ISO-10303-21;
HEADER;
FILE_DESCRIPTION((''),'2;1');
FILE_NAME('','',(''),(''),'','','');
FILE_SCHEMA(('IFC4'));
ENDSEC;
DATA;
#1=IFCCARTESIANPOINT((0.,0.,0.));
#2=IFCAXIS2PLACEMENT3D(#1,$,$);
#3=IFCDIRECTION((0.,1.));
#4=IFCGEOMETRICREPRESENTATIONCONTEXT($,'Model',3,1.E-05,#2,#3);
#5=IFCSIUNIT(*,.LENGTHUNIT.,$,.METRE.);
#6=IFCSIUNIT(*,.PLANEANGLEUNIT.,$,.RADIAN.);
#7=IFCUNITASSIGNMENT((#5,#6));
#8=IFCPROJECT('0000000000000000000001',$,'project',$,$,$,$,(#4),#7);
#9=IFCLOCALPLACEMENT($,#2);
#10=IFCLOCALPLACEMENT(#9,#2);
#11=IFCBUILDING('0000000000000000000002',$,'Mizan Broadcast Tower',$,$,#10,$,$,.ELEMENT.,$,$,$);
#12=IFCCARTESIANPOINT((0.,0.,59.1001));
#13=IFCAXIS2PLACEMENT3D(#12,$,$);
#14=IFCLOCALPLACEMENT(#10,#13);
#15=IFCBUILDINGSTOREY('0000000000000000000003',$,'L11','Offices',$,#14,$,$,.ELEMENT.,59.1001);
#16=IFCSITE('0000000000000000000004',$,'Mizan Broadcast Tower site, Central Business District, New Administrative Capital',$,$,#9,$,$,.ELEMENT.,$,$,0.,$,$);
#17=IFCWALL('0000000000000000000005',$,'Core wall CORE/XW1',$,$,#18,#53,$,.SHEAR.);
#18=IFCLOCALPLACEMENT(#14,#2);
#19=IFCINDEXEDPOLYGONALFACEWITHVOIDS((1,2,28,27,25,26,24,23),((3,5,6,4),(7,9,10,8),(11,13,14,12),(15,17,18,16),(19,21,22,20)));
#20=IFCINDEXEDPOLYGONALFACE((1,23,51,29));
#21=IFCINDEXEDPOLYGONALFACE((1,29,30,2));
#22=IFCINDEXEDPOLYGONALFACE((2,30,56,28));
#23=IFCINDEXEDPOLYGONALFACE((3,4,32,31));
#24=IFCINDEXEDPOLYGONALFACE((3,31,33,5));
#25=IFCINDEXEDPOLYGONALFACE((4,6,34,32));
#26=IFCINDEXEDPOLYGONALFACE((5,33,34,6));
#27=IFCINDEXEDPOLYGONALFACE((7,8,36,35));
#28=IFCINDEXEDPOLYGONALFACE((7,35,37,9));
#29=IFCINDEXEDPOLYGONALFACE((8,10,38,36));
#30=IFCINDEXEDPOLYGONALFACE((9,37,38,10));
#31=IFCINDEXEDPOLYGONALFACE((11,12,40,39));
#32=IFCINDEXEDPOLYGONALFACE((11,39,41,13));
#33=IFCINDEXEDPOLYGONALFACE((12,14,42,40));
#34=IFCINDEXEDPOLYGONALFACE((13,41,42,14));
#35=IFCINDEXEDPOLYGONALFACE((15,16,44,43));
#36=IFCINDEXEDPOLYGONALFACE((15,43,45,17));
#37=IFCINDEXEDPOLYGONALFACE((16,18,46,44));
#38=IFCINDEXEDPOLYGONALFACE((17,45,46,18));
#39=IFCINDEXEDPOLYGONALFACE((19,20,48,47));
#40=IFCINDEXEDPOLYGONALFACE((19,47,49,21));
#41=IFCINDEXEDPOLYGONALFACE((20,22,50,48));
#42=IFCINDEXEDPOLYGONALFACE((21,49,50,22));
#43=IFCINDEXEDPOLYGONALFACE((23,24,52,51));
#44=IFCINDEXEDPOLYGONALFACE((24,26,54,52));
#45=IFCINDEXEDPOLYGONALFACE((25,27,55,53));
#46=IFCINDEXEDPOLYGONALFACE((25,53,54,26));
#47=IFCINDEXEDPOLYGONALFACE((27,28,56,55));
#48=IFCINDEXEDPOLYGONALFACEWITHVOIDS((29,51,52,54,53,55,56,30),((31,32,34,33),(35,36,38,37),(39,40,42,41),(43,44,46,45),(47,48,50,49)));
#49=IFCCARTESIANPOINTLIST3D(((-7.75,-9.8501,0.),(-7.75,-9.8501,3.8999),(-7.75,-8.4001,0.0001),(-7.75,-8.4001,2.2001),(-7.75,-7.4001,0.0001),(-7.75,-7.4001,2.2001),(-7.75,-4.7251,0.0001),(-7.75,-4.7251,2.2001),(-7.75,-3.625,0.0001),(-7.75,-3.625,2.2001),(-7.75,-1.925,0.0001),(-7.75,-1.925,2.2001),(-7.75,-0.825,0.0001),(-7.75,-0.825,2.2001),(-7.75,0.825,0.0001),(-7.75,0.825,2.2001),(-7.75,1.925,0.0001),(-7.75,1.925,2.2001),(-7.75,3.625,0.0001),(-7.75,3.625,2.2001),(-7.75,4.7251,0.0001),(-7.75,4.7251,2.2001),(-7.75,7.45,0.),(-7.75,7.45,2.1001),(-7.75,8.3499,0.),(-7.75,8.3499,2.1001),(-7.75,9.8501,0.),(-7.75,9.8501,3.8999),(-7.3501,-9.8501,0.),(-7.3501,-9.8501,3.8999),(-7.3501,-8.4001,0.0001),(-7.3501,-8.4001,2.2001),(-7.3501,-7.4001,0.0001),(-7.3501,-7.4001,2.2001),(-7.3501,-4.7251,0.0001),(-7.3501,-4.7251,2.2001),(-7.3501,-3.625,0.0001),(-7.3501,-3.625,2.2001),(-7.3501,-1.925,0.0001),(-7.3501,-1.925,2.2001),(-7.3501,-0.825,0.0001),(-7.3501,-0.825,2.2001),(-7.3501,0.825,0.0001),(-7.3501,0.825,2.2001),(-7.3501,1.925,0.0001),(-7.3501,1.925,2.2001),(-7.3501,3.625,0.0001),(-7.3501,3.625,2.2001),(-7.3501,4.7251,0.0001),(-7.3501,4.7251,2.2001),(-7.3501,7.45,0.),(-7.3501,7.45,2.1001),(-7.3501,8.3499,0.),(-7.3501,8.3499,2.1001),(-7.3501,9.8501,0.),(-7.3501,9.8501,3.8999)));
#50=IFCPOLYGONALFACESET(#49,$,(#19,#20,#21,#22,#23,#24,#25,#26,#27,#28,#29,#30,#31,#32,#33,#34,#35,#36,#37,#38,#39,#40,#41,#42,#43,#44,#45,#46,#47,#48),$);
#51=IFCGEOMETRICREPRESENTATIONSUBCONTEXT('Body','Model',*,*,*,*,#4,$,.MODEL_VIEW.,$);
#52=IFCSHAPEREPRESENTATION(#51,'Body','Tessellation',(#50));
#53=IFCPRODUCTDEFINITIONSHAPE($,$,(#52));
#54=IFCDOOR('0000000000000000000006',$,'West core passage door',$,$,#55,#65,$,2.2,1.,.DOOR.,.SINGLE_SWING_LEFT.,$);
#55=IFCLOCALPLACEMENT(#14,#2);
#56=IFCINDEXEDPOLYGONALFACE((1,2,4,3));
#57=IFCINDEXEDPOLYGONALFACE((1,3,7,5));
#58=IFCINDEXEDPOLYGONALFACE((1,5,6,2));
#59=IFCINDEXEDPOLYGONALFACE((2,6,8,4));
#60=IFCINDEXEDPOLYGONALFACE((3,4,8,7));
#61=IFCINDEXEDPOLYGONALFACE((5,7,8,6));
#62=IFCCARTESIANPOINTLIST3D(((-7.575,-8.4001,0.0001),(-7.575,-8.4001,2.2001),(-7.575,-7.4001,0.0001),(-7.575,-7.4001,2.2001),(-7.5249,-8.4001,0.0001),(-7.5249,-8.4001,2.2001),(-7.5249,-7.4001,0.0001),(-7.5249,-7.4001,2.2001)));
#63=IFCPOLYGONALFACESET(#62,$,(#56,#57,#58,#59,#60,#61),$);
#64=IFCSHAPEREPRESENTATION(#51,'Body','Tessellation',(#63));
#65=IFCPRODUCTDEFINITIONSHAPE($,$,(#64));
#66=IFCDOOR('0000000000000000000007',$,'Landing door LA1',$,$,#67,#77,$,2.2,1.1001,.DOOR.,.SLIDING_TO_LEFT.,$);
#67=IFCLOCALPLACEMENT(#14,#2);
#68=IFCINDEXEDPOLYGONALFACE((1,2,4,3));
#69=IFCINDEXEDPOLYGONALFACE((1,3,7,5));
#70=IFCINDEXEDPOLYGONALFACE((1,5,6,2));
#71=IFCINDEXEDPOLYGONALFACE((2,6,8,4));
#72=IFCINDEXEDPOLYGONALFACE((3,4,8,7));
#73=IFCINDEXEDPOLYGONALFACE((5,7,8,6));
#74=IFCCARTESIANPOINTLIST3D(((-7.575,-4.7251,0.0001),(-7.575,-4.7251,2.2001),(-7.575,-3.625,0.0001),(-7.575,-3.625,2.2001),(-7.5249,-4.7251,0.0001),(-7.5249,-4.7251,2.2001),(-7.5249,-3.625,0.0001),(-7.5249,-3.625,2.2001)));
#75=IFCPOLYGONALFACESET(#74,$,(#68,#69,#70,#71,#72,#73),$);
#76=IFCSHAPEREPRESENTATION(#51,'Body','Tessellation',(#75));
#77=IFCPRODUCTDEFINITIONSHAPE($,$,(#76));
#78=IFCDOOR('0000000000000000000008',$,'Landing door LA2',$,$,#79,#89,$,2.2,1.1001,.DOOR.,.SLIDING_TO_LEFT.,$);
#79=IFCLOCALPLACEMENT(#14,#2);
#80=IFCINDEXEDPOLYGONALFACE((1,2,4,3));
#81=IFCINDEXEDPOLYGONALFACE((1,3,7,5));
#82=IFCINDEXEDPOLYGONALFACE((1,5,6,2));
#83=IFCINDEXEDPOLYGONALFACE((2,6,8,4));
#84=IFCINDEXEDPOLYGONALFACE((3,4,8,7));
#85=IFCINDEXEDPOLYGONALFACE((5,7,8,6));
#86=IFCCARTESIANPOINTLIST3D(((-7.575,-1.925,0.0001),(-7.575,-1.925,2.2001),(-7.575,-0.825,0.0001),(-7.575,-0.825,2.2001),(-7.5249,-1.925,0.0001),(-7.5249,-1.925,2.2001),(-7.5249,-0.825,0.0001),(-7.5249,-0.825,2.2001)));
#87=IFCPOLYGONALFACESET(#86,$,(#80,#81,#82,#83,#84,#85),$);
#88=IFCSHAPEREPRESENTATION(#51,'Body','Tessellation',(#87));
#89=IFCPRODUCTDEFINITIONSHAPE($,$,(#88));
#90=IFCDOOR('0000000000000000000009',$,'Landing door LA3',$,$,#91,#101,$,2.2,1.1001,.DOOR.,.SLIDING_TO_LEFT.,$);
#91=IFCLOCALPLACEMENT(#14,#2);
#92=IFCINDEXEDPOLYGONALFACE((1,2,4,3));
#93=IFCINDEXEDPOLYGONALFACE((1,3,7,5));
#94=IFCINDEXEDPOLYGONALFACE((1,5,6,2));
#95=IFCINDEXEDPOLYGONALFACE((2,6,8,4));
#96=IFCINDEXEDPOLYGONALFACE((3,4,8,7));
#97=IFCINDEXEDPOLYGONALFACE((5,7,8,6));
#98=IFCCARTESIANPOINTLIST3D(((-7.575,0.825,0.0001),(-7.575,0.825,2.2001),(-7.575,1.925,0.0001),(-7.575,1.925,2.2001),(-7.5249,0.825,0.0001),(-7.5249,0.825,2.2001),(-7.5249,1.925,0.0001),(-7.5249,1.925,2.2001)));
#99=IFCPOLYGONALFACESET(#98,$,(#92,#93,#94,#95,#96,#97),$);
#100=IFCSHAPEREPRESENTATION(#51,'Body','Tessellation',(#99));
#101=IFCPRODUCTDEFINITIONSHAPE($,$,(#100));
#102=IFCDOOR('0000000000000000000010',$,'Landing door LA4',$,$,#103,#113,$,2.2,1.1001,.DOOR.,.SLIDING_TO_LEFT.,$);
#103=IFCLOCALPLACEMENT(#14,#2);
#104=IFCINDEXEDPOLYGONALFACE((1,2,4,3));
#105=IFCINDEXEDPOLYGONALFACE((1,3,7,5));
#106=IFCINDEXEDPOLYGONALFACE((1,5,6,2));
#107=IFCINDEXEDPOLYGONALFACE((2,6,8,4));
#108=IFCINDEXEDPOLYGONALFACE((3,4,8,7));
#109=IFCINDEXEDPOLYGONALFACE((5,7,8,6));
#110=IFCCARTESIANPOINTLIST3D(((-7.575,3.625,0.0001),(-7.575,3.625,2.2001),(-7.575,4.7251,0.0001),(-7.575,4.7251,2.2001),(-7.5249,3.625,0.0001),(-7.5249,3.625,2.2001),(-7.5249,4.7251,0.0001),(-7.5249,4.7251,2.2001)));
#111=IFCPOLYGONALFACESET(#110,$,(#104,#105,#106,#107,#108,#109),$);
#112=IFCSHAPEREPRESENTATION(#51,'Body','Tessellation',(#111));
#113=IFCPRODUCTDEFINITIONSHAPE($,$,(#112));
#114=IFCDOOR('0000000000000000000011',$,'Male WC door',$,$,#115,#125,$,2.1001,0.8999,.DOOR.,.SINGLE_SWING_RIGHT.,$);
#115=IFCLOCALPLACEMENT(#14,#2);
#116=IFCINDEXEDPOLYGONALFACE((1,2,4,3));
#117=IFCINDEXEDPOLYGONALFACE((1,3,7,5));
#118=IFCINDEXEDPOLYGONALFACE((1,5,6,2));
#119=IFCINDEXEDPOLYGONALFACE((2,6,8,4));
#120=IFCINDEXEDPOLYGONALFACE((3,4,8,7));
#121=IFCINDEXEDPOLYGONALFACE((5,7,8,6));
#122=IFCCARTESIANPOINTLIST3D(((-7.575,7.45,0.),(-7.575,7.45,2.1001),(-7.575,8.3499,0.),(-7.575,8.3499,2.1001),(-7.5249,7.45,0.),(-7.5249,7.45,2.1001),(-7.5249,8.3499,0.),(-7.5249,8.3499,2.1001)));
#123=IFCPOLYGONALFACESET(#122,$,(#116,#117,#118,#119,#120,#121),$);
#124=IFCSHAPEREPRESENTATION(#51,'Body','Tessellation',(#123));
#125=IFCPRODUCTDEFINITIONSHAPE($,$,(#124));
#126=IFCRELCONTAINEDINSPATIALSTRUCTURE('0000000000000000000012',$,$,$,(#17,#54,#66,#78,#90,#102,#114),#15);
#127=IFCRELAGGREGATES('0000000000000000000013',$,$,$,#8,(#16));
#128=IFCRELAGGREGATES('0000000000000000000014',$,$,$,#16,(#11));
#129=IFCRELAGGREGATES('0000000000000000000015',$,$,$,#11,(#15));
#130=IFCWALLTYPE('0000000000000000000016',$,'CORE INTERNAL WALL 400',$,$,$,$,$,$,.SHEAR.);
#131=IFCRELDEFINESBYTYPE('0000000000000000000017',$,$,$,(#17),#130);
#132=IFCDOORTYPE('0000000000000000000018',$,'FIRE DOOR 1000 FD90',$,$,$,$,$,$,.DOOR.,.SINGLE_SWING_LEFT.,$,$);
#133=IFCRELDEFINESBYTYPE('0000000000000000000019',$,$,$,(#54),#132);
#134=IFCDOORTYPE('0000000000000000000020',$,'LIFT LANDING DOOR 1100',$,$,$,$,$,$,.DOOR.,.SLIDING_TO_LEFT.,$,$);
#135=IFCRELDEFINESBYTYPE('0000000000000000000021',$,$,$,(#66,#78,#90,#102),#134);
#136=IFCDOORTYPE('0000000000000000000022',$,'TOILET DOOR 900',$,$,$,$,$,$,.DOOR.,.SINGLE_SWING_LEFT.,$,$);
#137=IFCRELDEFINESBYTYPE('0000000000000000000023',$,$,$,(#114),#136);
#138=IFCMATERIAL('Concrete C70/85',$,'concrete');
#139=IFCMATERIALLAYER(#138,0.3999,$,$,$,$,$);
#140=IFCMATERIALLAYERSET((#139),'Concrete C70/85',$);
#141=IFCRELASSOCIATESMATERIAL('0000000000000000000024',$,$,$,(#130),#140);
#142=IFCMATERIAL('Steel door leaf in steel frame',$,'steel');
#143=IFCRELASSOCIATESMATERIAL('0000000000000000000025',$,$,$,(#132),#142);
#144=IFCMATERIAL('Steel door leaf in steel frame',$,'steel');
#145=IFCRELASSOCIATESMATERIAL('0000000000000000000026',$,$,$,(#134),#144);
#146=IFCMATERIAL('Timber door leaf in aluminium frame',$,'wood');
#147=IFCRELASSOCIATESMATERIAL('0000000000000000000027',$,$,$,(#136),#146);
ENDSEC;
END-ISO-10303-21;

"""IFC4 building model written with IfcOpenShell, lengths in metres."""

from ifc_helpers import new_model, si_unit, direction, frame, frame_2d, origin, place, context, subcontext, project, spatial, rectangle, extrude, material, layer, layer_set, type_object, element, fill, save


model = new_model("IFC4")

# Units and contexts
model_context = context("Model", 3, precision=1e-05, world=origin(), true_north=direction((0.0, 1.0)))
body_context = subcontext(model_context, "Body", "Model", "MODEL_VIEW")
ifc_project = project(units=[si_unit("LENGTHUNIT", "METRE"), si_unit("PLANEANGLEUNIT", "RADIAN")], contexts=[model_context])

# Site, building, storey
site_placement = place(None, origin())
site = spatial("IfcSite", under=ifc_project, at=site_placement, Name="Mizan Broadcast Tower site, Central Business District, New Administrative Capital", CompositionType="ELEMENT", RefElevation=0.0)
building_placement = place(site_placement, origin())
building = spatial("IfcBuilding", under=site, at=building_placement, Name="Mizan Broadcast Tower", CompositionType="ELEMENT")
storey_placement = place(building_placement, frame((0.0, 0.0, 59.1001)))
storey = spatial("IfcBuildingStorey", under=building, at=storey_placement, Name="L11", Description="Offices", CompositionType="ELEMENT", Elevation=59.1001)

# Wall, openings, doors
ifc_material_1 = material(Name="Concrete C70/85", Category="concrete")
ifc_layer_1 = layer(ifc_material_1, 0.3999)
ifc_layer_set_1 = layer_set([ifc_layer_1], Name="Concrete C70/85")
wall_type_1 = type_object("IfcWallType", Name="CORE INTERNAL WALL 400", PredefinedType="SHEAR", material=ifc_layer_set_1)
wall_1_placement = place(storey_placement, frame((-7.55, -9.8501, 0.0), z_axis=(0.0, 0.0, 1.0), x_axis=(0.0, 1.0, 0.0)))
wall_1 = element("IfcWall", 1, at=wall_1_placement, inside=storey, type_object=wall_type_1, Name="Core wall CORE/XW1", PredefinedType="SHEAR", context=body_context, shape_type="SweptSolid", body=[
    extrude(rectangle(XDim=19.7002, YDim=0.3999, at=frame_2d((9.8501, 0.0))), origin(), (0.0, 0.0, 1.0), 3.8999),
])
opening_1_placement = place(wall_1_placement, frame((1.45, 0.0, 0.0)))
opening_1 = element("IfcOpeningElement", 2, at=opening_1_placement, cuts=wall_1, PredefinedType="OPENING", context=body_context, shape_type="SweptSolid", body=[
    extrude(rectangle(XDim=1.0, YDim=2.2, at=frame_2d((0.5, 1.1001))), frame((0.0, 0.21, 0.0), z_axis=(0.0, -1.0, 0.0), x_axis=(1.0, 0.0, 0.0)), (0.0, 0.0, 1.0), 0.4199),
])
opening_2_placement = place(wall_1_placement, frame((17.3, 0.0, 0.0)))
opening_2 = element("IfcOpeningElement", 3, at=opening_2_placement, cuts=wall_1, PredefinedType="OPENING", context=body_context, shape_type="SweptSolid", body=[
    extrude(rectangle(XDim=0.8999, YDim=2.1001, at=frame_2d((0.45, 1.05))), frame((0.0, 0.21, 0.0), z_axis=(0.0, -1.0, 0.0), x_axis=(1.0, 0.0, 0.0)), (0.0, 0.0, 1.0), 0.4199),
])
opening_3_placement = place(wall_1_placement, frame((5.125, 0.0, 0.0)))
opening_3 = element("IfcOpeningElement", 4, at=opening_3_placement, cuts=wall_1, PredefinedType="OPENING", context=body_context, shape_type="SweptSolid", body=[
    extrude(rectangle(XDim=1.1001, YDim=2.2, at=frame_2d((0.55, 1.1001))), frame((0.0, 0.21, 0.0), z_axis=(0.0, -1.0, 0.0), x_axis=(1.0, 0.0, 0.0)), (0.0, 0.0, 1.0), 0.4199),
])
opening_4_placement = place(wall_1_placement, frame((7.925, 0.0, 0.0)))
opening_4 = element("IfcOpeningElement", 5, at=opening_4_placement, cuts=wall_1, PredefinedType="OPENING", context=body_context, shape_type="SweptSolid", body=[
    extrude(rectangle(XDim=1.1001, YDim=2.2, at=frame_2d((0.55, 1.1001))), frame((0.0, 0.21, 0.0), z_axis=(0.0, -1.0, 0.0), x_axis=(1.0, 0.0, 0.0)), (0.0, 0.0, 1.0), 0.4199),
])
opening_5_placement = place(wall_1_placement, frame((10.675, 0.0, 0.0)))
opening_5 = element("IfcOpeningElement", 6, at=opening_5_placement, cuts=wall_1, PredefinedType="OPENING", context=body_context, shape_type="SweptSolid", body=[
    extrude(rectangle(XDim=1.1001, YDim=2.2, at=frame_2d((0.55, 1.1001))), frame((0.0, 0.21, 0.0), z_axis=(0.0, -1.0, 0.0), x_axis=(1.0, 0.0, 0.0)), (0.0, 0.0, 1.0), 0.4199),
])
opening_6_placement = place(wall_1_placement, frame((13.4751, 0.0, 0.0)))
opening_6 = element("IfcOpeningElement", 7, at=opening_6_placement, cuts=wall_1, PredefinedType="OPENING", context=body_context, shape_type="SweptSolid", body=[
    extrude(rectangle(XDim=1.1001, YDim=2.2, at=frame_2d((0.55, 1.1001))), frame((0.0, 0.21, 0.0), z_axis=(0.0, -1.0, 0.0), x_axis=(1.0, 0.0, 0.0)), (0.0, 0.0, 1.0), 0.4199),
])
ifc_material_2 = material(Name="Steel door leaf in steel frame", Category="steel")
door_type_1 = type_object("IfcDoorType", Name="FIRE DOOR 1000 FD90", OperationType="SINGLE_SWING_LEFT", PredefinedType="DOOR", material=ifc_material_2)
door_1_placement = place(opening_1_placement, origin())
door_1 = element("IfcDoor", 8, at=door_1_placement, inside=storey, type_object=door_type_1, Name="West core passage door", OperationType="SINGLE_SWING_LEFT", OverallHeight=2.2, OverallWidth=1.0, PredefinedType="DOOR", context=body_context, shape_type="SweptSolid", body=[
    extrude(rectangle(XDim=1.0, YDim=2.2, at=frame_2d((0.5, 1.1001))), frame((0.0, 0.0249, 0.0), z_axis=(0.0, -1.0, 0.0), x_axis=(1.0, 0.0, 0.0)), (0.0, 0.0, 1.0), 0.05),
])
fill(opening_1, door_1)
ifc_material_3 = material(Name="Steel door leaf in steel frame", Category="steel")
door_type_2 = type_object("IfcDoorType", Name="LIFT LANDING DOOR 1100", OperationType="SLIDING_TO_LEFT", PredefinedType="DOOR", material=ifc_material_3)
door_2_placement = place(opening_3_placement, origin())
door_2 = element("IfcDoor", 9, at=door_2_placement, inside=storey, type_object=door_type_2, Name="Landing door LA1", OperationType="SLIDING_TO_LEFT", OverallHeight=2.2, OverallWidth=1.1001, PredefinedType="DOOR", context=body_context, shape_type="SweptSolid", body=[
    extrude(rectangle(XDim=1.1001, YDim=2.2, at=frame_2d((0.55, 1.1001))), frame((0.0, 0.0249, 0.0), z_axis=(0.0, -1.0, 0.0), x_axis=(1.0, 0.0, 0.0)), (0.0, 0.0, 1.0), 0.05),
])
fill(opening_3, door_2)
door_3_placement = place(opening_4_placement, origin())
door_3 = element("IfcDoor", 10, at=door_3_placement, inside=storey, type_object=door_type_2, Name="Landing door LA2", OperationType="SLIDING_TO_LEFT", OverallHeight=2.2, OverallWidth=1.1001, PredefinedType="DOOR", context=body_context, shape_type="SweptSolid", body=[
    extrude(rectangle(XDim=1.1001, YDim=2.2, at=frame_2d((0.55, 1.1001))), frame((0.0, 0.0249, 0.0), z_axis=(0.0, -1.0, 0.0), x_axis=(1.0, 0.0, 0.0)), (0.0, 0.0, 1.0), 0.05),
])
fill(opening_4, door_3)
door_4_placement = place(opening_5_placement, origin())
door_4 = element("IfcDoor", 11, at=door_4_placement, inside=storey, type_object=door_type_2, Name="Landing door LA3", OperationType="SLIDING_TO_LEFT", OverallHeight=2.2, OverallWidth=1.1001, PredefinedType="DOOR", context=body_context, shape_type="SweptSolid", body=[
    extrude(rectangle(XDim=1.1001, YDim=2.2, at=frame_2d((0.55, 1.1001))), frame((0.0, 0.0249, 0.0), z_axis=(0.0, -1.0, 0.0), x_axis=(1.0, 0.0, 0.0)), (0.0, 0.0, 1.0), 0.05),
])
fill(opening_5, door_4)
door_5_placement = place(opening_6_placement, origin())
door_5 = element("IfcDoor", 12, at=door_5_placement, inside=storey, type_object=door_type_2, Name="Landing door LA4", OperationType="SLIDING_TO_LEFT", OverallHeight=2.2, OverallWidth=1.1001, PredefinedType="DOOR", context=body_context, shape_type="SweptSolid", body=[
    extrude(rectangle(XDim=1.1001, YDim=2.2, at=frame_2d((0.55, 1.1001))), frame((0.0, 0.0249, 0.0), z_axis=(0.0, -1.0, 0.0), x_axis=(1.0, 0.0, 0.0)), (0.0, 0.0, 1.0), 0.05),
])
fill(opening_6, door_5)
ifc_material_4 = material(Name="Timber door leaf in aluminium frame", Category="wood")
door_type_3 = type_object("IfcDoorType", Name="TOILET DOOR 900", OperationType="SINGLE_SWING_LEFT", PredefinedType="DOOR", material=ifc_material_4)
door_6_placement = place(opening_2_placement, origin())
door_6 = element("IfcDoor", 13, at=door_6_placement, inside=storey, type_object=door_type_3, Name="Male WC door", OperationType="SINGLE_SWING_RIGHT", OverallHeight=2.1001, OverallWidth=0.8999, PredefinedType="DOOR", context=body_context, shape_type="SweptSolid", body=[
    extrude(rectangle(XDim=0.8999, YDim=2.1001, at=frame_2d((0.45, 1.05))), frame((0.0, 0.0249, 0.0), z_axis=(0.0, -1.0, 0.0), x_axis=(1.0, 0.0, 0.0)), (0.0, 0.0, 1.0), 0.05),
])
fill(opening_2, door_6)

save(model, "model.ifc")
